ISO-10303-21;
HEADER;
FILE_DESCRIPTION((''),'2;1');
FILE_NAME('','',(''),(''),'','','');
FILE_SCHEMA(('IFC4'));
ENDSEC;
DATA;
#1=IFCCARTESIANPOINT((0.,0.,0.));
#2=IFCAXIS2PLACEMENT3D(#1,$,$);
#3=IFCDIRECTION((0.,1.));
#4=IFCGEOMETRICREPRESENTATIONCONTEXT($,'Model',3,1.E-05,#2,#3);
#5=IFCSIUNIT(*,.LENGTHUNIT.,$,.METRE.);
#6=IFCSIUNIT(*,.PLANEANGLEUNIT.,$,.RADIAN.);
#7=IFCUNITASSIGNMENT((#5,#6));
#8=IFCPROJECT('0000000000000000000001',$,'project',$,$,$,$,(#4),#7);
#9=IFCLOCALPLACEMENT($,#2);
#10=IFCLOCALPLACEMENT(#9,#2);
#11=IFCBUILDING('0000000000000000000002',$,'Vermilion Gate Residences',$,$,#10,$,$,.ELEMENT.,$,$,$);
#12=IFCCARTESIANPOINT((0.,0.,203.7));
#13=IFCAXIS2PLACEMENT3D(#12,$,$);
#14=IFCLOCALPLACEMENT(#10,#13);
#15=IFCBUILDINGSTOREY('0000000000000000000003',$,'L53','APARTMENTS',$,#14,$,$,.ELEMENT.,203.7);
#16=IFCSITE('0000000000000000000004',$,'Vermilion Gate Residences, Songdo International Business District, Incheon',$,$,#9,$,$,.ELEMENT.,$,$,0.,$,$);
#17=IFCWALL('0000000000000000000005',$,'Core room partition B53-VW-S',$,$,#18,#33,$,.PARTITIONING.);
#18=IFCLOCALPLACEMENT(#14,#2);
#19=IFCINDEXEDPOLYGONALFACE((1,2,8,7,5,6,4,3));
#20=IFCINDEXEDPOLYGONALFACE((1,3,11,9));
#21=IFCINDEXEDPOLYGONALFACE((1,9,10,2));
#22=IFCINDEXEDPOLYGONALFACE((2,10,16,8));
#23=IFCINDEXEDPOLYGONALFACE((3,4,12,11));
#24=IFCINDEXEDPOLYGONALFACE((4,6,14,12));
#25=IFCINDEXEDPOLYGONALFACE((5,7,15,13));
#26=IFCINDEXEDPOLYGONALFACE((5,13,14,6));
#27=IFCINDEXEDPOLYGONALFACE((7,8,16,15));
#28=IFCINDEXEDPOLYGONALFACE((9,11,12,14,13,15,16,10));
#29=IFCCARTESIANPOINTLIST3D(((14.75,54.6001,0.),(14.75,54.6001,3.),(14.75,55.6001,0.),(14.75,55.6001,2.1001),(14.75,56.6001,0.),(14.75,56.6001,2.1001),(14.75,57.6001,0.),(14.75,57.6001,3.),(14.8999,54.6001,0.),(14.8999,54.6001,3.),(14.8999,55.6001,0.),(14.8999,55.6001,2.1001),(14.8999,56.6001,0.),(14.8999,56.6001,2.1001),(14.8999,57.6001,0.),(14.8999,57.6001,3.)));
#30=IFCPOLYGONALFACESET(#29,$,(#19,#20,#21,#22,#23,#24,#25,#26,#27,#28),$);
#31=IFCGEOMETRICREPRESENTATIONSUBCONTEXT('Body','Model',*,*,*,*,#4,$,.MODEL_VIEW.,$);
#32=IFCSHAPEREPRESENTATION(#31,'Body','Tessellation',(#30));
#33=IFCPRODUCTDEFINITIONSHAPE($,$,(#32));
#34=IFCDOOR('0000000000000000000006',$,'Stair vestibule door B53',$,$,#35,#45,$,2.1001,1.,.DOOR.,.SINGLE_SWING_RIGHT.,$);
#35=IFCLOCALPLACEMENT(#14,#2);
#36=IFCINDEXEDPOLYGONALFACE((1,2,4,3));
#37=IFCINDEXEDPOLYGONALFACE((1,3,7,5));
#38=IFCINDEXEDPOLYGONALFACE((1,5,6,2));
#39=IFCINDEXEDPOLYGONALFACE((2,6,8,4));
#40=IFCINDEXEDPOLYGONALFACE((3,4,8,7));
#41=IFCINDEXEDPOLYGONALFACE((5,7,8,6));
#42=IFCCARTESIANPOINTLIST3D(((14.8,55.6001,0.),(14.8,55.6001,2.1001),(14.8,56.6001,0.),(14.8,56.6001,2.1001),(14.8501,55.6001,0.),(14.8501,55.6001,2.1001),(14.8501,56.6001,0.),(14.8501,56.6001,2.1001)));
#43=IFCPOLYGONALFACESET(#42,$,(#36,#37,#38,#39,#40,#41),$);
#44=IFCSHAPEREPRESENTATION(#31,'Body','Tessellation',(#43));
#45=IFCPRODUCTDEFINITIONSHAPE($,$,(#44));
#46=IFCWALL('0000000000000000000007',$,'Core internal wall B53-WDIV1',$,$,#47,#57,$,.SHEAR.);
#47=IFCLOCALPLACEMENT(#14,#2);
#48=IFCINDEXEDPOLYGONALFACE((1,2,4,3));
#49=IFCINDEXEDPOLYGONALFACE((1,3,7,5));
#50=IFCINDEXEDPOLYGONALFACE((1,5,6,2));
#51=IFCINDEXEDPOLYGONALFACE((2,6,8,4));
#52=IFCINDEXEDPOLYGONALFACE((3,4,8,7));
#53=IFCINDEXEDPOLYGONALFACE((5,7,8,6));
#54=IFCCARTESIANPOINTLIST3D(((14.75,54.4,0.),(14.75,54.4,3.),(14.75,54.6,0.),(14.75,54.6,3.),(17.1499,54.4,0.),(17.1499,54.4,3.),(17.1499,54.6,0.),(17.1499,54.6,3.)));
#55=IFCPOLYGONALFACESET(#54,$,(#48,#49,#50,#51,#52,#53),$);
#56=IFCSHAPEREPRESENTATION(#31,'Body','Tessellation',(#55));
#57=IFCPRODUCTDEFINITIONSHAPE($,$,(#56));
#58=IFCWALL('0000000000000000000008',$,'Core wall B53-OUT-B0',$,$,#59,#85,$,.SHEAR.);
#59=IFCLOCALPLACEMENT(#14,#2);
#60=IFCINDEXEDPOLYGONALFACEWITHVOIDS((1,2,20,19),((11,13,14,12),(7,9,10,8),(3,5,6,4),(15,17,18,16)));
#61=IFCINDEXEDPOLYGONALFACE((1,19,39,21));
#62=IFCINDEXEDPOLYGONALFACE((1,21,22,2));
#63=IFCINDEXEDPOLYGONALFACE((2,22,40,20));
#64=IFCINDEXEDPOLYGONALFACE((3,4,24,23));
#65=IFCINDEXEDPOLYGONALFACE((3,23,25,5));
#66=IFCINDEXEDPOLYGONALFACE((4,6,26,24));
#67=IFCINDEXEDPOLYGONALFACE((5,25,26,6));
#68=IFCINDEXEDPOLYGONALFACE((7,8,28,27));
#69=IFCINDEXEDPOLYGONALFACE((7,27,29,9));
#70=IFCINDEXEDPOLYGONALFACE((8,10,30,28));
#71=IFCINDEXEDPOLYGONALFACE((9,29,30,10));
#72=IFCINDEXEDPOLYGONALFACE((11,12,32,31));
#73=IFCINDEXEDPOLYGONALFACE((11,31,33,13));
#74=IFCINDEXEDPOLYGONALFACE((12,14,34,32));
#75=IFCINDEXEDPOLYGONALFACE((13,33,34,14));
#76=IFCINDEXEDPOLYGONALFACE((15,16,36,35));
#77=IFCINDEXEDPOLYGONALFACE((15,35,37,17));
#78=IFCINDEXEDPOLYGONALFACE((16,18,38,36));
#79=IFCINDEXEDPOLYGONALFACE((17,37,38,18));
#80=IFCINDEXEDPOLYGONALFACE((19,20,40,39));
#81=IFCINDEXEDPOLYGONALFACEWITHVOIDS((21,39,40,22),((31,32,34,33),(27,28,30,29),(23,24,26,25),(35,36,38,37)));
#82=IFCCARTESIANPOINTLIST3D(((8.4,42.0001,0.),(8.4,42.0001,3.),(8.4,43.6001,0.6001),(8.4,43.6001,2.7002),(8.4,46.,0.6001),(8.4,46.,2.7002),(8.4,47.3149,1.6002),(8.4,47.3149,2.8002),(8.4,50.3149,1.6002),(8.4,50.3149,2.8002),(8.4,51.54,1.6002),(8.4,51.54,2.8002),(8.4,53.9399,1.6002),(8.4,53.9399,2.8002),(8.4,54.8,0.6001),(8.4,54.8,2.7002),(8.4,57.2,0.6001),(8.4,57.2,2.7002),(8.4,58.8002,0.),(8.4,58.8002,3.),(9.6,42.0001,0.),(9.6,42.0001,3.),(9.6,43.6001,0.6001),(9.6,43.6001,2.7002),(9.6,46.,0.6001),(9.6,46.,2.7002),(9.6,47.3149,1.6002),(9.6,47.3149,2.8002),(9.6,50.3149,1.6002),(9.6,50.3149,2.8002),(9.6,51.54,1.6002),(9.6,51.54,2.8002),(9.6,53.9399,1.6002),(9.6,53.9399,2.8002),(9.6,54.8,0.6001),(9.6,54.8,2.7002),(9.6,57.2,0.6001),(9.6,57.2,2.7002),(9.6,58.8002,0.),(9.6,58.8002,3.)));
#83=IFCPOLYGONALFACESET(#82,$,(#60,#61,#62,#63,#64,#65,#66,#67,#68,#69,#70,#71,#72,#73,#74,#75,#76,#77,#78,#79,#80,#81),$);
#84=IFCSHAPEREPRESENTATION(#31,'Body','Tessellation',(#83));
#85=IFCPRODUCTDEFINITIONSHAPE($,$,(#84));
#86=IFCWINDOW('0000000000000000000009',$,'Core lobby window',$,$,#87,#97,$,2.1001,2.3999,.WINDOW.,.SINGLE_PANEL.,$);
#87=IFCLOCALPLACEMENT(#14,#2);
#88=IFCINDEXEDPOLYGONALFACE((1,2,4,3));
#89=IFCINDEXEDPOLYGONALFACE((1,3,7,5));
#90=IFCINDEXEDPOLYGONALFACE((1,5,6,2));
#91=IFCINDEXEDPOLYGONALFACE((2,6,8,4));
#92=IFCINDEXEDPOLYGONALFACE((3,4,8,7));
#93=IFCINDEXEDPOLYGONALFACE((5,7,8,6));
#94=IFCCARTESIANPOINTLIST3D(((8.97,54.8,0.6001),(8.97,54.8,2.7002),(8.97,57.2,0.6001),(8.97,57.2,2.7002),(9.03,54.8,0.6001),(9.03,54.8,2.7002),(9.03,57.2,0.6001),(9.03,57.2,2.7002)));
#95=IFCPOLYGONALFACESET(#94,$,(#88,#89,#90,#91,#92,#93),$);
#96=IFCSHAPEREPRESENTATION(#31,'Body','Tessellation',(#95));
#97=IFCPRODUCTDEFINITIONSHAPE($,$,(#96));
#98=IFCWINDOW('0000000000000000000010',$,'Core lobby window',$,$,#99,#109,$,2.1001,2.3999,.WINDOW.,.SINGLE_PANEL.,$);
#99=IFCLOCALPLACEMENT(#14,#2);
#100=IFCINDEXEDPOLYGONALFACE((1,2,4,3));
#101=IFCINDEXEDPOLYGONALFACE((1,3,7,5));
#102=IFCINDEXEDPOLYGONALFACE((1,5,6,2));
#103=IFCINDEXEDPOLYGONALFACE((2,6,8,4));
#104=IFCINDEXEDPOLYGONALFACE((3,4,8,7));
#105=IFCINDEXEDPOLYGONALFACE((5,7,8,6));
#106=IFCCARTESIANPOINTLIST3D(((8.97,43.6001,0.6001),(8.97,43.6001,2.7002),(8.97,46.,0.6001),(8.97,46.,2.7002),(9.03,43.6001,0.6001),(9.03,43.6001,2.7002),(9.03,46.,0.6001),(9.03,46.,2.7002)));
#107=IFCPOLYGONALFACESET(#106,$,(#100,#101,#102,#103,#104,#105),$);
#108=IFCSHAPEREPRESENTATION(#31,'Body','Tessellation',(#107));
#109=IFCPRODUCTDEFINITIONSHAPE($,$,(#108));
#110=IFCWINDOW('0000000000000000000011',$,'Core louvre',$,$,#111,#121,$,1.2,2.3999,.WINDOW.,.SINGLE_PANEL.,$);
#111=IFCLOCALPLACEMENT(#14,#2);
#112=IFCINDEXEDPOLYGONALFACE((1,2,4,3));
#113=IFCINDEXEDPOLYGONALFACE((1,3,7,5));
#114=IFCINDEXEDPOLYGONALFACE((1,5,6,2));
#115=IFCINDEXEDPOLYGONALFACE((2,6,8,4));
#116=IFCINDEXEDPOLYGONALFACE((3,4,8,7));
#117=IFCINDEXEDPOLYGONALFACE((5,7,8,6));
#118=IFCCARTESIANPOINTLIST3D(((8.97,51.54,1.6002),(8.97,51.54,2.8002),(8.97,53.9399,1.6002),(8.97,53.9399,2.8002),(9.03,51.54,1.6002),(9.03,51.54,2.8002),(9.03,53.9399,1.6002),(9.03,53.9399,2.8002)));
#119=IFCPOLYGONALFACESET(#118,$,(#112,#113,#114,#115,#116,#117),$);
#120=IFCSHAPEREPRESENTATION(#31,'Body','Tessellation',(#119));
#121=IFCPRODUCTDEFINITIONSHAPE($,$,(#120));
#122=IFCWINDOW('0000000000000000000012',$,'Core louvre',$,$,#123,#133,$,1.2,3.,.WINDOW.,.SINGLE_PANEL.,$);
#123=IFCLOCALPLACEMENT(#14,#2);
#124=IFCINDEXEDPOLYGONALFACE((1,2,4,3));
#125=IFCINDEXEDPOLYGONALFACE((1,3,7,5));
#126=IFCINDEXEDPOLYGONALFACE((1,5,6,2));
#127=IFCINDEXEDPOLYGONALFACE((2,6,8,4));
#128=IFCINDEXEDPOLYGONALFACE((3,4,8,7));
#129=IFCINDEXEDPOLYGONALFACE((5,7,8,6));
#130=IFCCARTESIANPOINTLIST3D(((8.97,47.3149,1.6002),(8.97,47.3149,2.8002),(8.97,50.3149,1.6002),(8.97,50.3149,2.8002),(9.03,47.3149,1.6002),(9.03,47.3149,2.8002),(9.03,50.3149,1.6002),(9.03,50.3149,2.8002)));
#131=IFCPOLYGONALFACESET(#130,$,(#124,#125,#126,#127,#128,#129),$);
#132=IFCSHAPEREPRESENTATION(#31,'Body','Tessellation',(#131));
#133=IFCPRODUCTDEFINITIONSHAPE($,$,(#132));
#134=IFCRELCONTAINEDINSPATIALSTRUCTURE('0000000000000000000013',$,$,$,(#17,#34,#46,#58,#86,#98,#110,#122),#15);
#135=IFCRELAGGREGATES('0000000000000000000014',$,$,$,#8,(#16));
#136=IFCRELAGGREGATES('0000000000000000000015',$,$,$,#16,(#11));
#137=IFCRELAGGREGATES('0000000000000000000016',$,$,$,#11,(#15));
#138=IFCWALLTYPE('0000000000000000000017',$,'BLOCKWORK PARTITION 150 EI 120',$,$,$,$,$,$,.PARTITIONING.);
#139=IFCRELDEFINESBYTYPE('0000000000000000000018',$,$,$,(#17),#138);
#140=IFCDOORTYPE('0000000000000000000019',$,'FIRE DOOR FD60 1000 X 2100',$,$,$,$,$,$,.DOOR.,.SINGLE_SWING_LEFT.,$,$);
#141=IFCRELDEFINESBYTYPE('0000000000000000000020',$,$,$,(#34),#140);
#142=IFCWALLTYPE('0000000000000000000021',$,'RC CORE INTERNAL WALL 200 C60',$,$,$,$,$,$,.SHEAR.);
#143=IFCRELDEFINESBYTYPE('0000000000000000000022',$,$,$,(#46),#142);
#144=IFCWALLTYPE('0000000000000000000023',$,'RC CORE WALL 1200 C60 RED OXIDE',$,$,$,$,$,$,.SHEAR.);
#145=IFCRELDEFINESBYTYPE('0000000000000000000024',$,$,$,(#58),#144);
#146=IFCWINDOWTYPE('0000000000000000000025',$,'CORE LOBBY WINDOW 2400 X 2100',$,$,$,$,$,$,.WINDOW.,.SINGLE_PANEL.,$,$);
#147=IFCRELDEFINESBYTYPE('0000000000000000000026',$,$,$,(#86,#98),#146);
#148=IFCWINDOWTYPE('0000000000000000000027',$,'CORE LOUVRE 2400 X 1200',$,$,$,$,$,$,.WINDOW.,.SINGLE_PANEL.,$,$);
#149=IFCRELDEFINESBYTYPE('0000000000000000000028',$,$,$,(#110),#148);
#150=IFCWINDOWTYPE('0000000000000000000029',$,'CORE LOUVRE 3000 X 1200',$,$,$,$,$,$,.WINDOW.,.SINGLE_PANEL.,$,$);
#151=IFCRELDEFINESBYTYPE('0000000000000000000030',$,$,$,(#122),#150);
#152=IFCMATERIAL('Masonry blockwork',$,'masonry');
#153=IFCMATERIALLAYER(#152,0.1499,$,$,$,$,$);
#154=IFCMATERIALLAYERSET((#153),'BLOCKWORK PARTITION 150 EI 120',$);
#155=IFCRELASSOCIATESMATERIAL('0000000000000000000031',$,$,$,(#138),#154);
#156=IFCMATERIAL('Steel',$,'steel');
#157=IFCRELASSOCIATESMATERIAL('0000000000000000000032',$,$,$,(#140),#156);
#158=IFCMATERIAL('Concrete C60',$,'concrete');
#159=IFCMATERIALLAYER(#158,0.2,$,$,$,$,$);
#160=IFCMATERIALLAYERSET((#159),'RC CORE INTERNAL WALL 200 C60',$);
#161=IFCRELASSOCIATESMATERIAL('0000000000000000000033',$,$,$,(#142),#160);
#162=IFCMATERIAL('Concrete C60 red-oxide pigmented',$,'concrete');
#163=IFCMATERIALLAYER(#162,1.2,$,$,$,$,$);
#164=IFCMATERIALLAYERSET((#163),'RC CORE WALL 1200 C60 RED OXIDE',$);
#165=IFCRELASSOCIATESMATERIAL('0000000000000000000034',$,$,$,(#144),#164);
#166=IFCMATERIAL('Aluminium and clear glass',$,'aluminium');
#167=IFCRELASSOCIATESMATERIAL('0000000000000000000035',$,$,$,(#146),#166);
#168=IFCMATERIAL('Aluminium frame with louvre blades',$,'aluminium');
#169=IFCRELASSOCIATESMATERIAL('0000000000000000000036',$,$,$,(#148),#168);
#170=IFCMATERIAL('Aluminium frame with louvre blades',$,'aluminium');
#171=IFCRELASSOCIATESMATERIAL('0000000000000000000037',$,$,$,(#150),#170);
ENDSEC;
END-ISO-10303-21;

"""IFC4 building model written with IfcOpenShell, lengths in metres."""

from ifc_helpers import new_model, si_unit, direction, frame, frame_2d, origin, place, context, subcontext, project, spatial, rectangle, extrude, material, layer, layer_set, type_object, element, fill, save


model = new_model("IFC4")

# Units and contexts
model_context = context("Model", 3, precision=1e-05, world=origin(), true_north=direction((0.0, 1.0)))
body_context = subcontext(model_context, "Body", "Model", "MODEL_VIEW")
ifc_project = project(units=[si_unit("LENGTHUNIT", "METRE"), si_unit("PLANEANGLEUNIT", "RADIAN")], contexts=[model_context])

# Site, building, storey
site_placement = place(None, origin())
site = spatial("IfcSite", under=ifc_project, at=site_placement, Name="Vermilion Gate Residences, Songdo International Business District, Incheon", CompositionType="ELEMENT", RefElevation=0.0)
building_placement = place(site_placement, origin())
building = spatial("IfcBuilding", under=site, at=building_placement, Name="Vermilion Gate Residences", CompositionType="ELEMENT")
storey_placement = place(building_placement, frame((0.0, 0.0, 203.7)))
storey = spatial("IfcBuildingStorey", under=building, at=storey_placement, Name="L53", Description="APARTMENTS", CompositionType="ELEMENT", Elevation=203.7)

# Wall, opening, door
ifc_material_1 = material(Name="Masonry blockwork", Category="masonry")
ifc_layer_1 = layer(ifc_material_1, 0.1499)
ifc_layer_set_1 = layer_set([ifc_layer_1], Name="BLOCKWORK PARTITION 150 EI 120")
wall_type_1 = type_object("IfcWallType", Name="BLOCKWORK PARTITION 150 EI 120", PredefinedType="PARTITIONING", material=ifc_layer_set_1)
wall_1_placement = place(storey_placement, frame((14.825, 57.6001, 0.0), z_axis=(0.0, 0.0, 1.0), x_axis=(0.0, -1.0, 0.0)))
wall_1 = element("IfcWall", 1, at=wall_1_placement, inside=storey, type_object=wall_type_1, Name="Core room partition B53-VW-S", PredefinedType="PARTITIONING", context=body_context, shape_type="SweptSolid", body=[
    extrude(rectangle(XDim=3.0, YDim=0.1499, at=frame_2d((1.5, 0.0))), origin(), (0.0, 0.0, 1.0), 3.0),
])
opening_1_placement = place(wall_1_placement, frame((1.0, 0.0, 0.0)))
opening_1 = element("IfcOpeningElement", 2, at=opening_1_placement, cuts=wall_1, PredefinedType="OPENING", context=body_context, shape_type="SweptSolid", body=[
    extrude(rectangle(XDim=1.0, YDim=2.1001, at=frame_2d((0.5, 1.05))), frame((0.0, 0.085, 0.0), z_axis=(0.0, -1.0, 0.0), x_axis=(1.0, 0.0, 0.0)), (0.0, 0.0, 1.0), 0.1699),
])
ifc_material_2 = material(Name="Steel", Category="steel")
door_type = type_object("IfcDoorType", Name="FIRE DOOR FD60 1000 X 2100", OperationType="SINGLE_SWING_LEFT", PredefinedType="DOOR", material=ifc_material_2)
door_placement = place(opening_1_placement, frame((1.0, 0.0, 0.0), z_axis=(0.0, 0.0, 1.0), x_axis=(-1.0, 0.0, 0.0)))
door = element("IfcDoor", 3, at=door_placement, inside=storey, type_object=door_type, Name="Stair vestibule door B53", OperationType="SINGLE_SWING_RIGHT", OverallHeight=2.1001, OverallWidth=1.0, PredefinedType="DOOR", context=body_context, shape_type="SweptSolid", body=[
    extrude(rectangle(XDim=1.0, YDim=2.1001, at=frame_2d((0.5, 1.05))), frame((0.0, 0.0249, 0.0), z_axis=(0.0, -1.0, 0.0), x_axis=(1.0, 0.0, 0.0)), (0.0, 0.0, 1.0), 0.05),
])
fill(opening_1, door)

# Wall
ifc_material_3 = material(Name="Concrete C60", Category="concrete")
ifc_layer_2 = layer(ifc_material_3, 0.2)
ifc_layer_set_2 = layer_set([ifc_layer_2], Name="RC CORE INTERNAL WALL 200 C60")
wall_type_2 = type_object("IfcWallType", Name="RC CORE INTERNAL WALL 200 C60", PredefinedType="SHEAR", material=ifc_layer_set_2)
wall_2_placement = place(storey_placement, frame((14.75, 54.5, 0.0), z_axis=(0.0, 0.0, 1.0), x_axis=(1.0, 0.0, 0.0)))
element("IfcWall", 4, at=wall_2_placement, inside=storey, type_object=wall_type_2, Name="Core internal wall B53-WDIV1", PredefinedType="SHEAR", context=body_context, shape_type="SweptSolid", body=[
    extrude(rectangle(XDim=2.3999, YDim=0.2, at=frame_2d((1.2, 0.0))), origin(), (0.0, 0.0, 1.0), 3.0),
])

# Wall, openings, windows
ifc_material_4 = material(Name="Concrete C60 red-oxide pigmented", Category="concrete")
ifc_layer_3 = layer(ifc_material_4, 1.2)
ifc_layer_set_3 = layer_set([ifc_layer_3], Name="RC CORE WALL 1200 C60 RED OXIDE")
wall_type_3 = type_object("IfcWallType", Name="RC CORE WALL 1200 C60 RED OXIDE", PredefinedType="SHEAR", material=ifc_layer_set_3)
wall_3_placement = place(storey_placement, frame((9.0, 58.8, 0.0), z_axis=(0.0, 0.0, 1.0), x_axis=(0.0, -1.0, 0.0)))
wall_3 = element("IfcWall", 5, at=wall_3_placement, inside=storey, type_object=wall_type_3, Name="Core wall B53-OUT-B0", PredefinedType="SHEAR", context=body_context, shape_type="SweptSolid", body=[
    extrude(rectangle(XDim=16.8, YDim=1.2, at=frame_2d((8.3999, 0.0))), origin(), (0.0, 0.0, 1.0), 3.0),
])
opening_2_placement = place(wall_3_placement, frame((1.6001, 0.0, 0.6001)))
opening_2 = element("IfcOpeningElement", 6, at=opening_2_placement, cuts=wall_3, PredefinedType="OPENING", context=body_context, shape_type="SweptSolid", body=[
    extrude(rectangle(XDim=2.3999, YDim=2.1001, at=frame_2d((1.2, 1.05))), frame((0.0, 0.6099, 0.0), z_axis=(0.0, -1.0, 0.0), x_axis=(1.0, 0.0, 0.0)), (0.0, 0.0, 1.0), 1.22),
])
opening_3_placement = place(wall_3_placement, frame((4.8601, 0.0, 1.6001)))
opening_3 = element("IfcOpeningElement", 7, at=opening_3_placement, cuts=wall_3, PredefinedType="OPENING", context=body_context, shape_type="SweptSolid", body=[
    extrude(rectangle(XDim=2.3999, YDim=1.2, at=frame_2d((1.2, 0.6001))), frame((0.0, 0.6099, 0.0), z_axis=(0.0, -1.0, 0.0), x_axis=(1.0, 0.0, 0.0)), (0.0, 0.0, 1.0), 1.22),
])
opening_4_placement = place(wall_3_placement, frame((8.4851, 0.0, 1.6001)))
opening_4 = element("IfcOpeningElement", 8, at=opening_4_placement, cuts=wall_3, PredefinedType="OPENING", context=body_context, shape_type="SweptSolid", body=[
    extrude(rectangle(XDim=3.0, YDim=1.2, at=frame_2d((1.5, 0.6001))), frame((0.0, 0.6099, 0.0), z_axis=(0.0, -1.0, 0.0), x_axis=(1.0, 0.0, 0.0)), (0.0, 0.0, 1.0), 1.22),
])
opening_5_placement = place(wall_3_placement, frame((12.8, 0.0, 0.6001)))
opening_5 = element("IfcOpeningElement", 9, at=opening_5_placement, cuts=wall_3, PredefinedType="OPENING", context=body_context, shape_type="SweptSolid", body=[
    extrude(rectangle(XDim=2.3999, YDim=2.1001, at=frame_2d((1.2, 1.05))), frame((0.0, 0.6099, 0.0), z_axis=(0.0, -1.0, 0.0), x_axis=(1.0, 0.0, 0.0)), (0.0, 0.0, 1.0), 1.22),
])
ifc_material_5 = material(Name="Aluminium and clear glass", Category="aluminium")
window_type_1 = type_object("IfcWindowType", Name="CORE LOBBY WINDOW 2400 X 2100", PartitioningType="SINGLE_PANEL", PredefinedType="WINDOW", material=ifc_material_5)
window_1_placement = place(opening_2_placement, origin())
window_1 = element("IfcWindow", 10, at=window_1_placement, inside=storey, type_object=window_type_1, Name="Core lobby window", OverallHeight=2.1001, OverallWidth=2.3999, PartitioningType="SINGLE_PANEL", PredefinedType="WINDOW", context=body_context, shape_type="SweptSolid", body=[
    extrude(rectangle(XDim=2.3999, YDim=2.1001, at=frame_2d((1.2, 1.05))), frame((0.0, 0.03, 0.0), z_axis=(0.0, -1.0, 0.0), x_axis=(1.0, 0.0, 0.0)), (0.0, 0.0, 1.0), 0.0601),
])
fill(opening_2, window_1)
window_2_placement = place(opening_5_placement, origin())
window_2 = element("IfcWindow", 11, at=window_2_placement, inside=storey, type_object=window_type_1, Name="Core lobby window", OverallHeight=2.1001, OverallWidth=2.3999, PartitioningType="SINGLE_PANEL", PredefinedType="WINDOW", context=body_context, shape_type="SweptSolid", body=[
    extrude(rectangle(XDim=2.3999, YDim=2.1001, at=frame_2d((1.2, 1.05))), frame((0.0, 0.03, 0.0), z_axis=(0.0, -1.0, 0.0), x_axis=(1.0, 0.0, 0.0)), (0.0, 0.0, 1.0), 0.0601),
])
fill(opening_5, window_2)
ifc_material_6 = material(Name="Aluminium frame with louvre blades", Category="aluminium")
window_type_2 = type_object("IfcWindowType", Name="CORE LOUVRE 2400 X 1200", PartitioningType="SINGLE_PANEL", PredefinedType="WINDOW", material=ifc_material_6)
window_3_placement = place(opening_3_placement, origin())
window_3 = element("IfcWindow", 12, at=window_3_placement, inside=storey, type_object=window_type_2, Name="Core louvre", OverallHeight=1.2, OverallWidth=2.3999, PartitioningType="SINGLE_PANEL", PredefinedType="WINDOW", context=body_context, shape_type="SweptSolid", body=[
    extrude(rectangle(XDim=2.3999, YDim=1.2, at=frame_2d((1.2, 0.6001))), frame((0.0, 0.03, 0.0), z_axis=(0.0, -1.0, 0.0), x_axis=(1.0, 0.0, 0.0)), (0.0, 0.0, 1.0), 0.0601),
])
fill(opening_3, window_3)
ifc_material_7 = material(Name="Aluminium frame with louvre blades", Category="aluminium")
window_type_3 = type_object("IfcWindowType", Name="CORE LOUVRE 3000 X 1200", PartitioningType="SINGLE_PANEL", PredefinedType="WINDOW", material=ifc_material_7)
window_4_placement = place(opening_4_placement, origin())
window_4 = element("IfcWindow", 13, at=window_4_placement, inside=storey, type_object=window_type_3, Name="Core louvre", OverallHeight=1.2, OverallWidth=3.0, PartitioningType="SINGLE_PANEL", PredefinedType="WINDOW", context=body_context, shape_type="SweptSolid", body=[
    extrude(rectangle(XDim=3.0, YDim=1.2, at=frame_2d((1.5, 0.6001))), frame((0.0, 0.03, 0.0), z_axis=(0.0, -1.0, 0.0), x_axis=(1.0, 0.0, 0.0)), (0.0, 0.0, 1.0), 0.0601),
])
fill(opening_4, window_4)

save(model, "model.ifc")
